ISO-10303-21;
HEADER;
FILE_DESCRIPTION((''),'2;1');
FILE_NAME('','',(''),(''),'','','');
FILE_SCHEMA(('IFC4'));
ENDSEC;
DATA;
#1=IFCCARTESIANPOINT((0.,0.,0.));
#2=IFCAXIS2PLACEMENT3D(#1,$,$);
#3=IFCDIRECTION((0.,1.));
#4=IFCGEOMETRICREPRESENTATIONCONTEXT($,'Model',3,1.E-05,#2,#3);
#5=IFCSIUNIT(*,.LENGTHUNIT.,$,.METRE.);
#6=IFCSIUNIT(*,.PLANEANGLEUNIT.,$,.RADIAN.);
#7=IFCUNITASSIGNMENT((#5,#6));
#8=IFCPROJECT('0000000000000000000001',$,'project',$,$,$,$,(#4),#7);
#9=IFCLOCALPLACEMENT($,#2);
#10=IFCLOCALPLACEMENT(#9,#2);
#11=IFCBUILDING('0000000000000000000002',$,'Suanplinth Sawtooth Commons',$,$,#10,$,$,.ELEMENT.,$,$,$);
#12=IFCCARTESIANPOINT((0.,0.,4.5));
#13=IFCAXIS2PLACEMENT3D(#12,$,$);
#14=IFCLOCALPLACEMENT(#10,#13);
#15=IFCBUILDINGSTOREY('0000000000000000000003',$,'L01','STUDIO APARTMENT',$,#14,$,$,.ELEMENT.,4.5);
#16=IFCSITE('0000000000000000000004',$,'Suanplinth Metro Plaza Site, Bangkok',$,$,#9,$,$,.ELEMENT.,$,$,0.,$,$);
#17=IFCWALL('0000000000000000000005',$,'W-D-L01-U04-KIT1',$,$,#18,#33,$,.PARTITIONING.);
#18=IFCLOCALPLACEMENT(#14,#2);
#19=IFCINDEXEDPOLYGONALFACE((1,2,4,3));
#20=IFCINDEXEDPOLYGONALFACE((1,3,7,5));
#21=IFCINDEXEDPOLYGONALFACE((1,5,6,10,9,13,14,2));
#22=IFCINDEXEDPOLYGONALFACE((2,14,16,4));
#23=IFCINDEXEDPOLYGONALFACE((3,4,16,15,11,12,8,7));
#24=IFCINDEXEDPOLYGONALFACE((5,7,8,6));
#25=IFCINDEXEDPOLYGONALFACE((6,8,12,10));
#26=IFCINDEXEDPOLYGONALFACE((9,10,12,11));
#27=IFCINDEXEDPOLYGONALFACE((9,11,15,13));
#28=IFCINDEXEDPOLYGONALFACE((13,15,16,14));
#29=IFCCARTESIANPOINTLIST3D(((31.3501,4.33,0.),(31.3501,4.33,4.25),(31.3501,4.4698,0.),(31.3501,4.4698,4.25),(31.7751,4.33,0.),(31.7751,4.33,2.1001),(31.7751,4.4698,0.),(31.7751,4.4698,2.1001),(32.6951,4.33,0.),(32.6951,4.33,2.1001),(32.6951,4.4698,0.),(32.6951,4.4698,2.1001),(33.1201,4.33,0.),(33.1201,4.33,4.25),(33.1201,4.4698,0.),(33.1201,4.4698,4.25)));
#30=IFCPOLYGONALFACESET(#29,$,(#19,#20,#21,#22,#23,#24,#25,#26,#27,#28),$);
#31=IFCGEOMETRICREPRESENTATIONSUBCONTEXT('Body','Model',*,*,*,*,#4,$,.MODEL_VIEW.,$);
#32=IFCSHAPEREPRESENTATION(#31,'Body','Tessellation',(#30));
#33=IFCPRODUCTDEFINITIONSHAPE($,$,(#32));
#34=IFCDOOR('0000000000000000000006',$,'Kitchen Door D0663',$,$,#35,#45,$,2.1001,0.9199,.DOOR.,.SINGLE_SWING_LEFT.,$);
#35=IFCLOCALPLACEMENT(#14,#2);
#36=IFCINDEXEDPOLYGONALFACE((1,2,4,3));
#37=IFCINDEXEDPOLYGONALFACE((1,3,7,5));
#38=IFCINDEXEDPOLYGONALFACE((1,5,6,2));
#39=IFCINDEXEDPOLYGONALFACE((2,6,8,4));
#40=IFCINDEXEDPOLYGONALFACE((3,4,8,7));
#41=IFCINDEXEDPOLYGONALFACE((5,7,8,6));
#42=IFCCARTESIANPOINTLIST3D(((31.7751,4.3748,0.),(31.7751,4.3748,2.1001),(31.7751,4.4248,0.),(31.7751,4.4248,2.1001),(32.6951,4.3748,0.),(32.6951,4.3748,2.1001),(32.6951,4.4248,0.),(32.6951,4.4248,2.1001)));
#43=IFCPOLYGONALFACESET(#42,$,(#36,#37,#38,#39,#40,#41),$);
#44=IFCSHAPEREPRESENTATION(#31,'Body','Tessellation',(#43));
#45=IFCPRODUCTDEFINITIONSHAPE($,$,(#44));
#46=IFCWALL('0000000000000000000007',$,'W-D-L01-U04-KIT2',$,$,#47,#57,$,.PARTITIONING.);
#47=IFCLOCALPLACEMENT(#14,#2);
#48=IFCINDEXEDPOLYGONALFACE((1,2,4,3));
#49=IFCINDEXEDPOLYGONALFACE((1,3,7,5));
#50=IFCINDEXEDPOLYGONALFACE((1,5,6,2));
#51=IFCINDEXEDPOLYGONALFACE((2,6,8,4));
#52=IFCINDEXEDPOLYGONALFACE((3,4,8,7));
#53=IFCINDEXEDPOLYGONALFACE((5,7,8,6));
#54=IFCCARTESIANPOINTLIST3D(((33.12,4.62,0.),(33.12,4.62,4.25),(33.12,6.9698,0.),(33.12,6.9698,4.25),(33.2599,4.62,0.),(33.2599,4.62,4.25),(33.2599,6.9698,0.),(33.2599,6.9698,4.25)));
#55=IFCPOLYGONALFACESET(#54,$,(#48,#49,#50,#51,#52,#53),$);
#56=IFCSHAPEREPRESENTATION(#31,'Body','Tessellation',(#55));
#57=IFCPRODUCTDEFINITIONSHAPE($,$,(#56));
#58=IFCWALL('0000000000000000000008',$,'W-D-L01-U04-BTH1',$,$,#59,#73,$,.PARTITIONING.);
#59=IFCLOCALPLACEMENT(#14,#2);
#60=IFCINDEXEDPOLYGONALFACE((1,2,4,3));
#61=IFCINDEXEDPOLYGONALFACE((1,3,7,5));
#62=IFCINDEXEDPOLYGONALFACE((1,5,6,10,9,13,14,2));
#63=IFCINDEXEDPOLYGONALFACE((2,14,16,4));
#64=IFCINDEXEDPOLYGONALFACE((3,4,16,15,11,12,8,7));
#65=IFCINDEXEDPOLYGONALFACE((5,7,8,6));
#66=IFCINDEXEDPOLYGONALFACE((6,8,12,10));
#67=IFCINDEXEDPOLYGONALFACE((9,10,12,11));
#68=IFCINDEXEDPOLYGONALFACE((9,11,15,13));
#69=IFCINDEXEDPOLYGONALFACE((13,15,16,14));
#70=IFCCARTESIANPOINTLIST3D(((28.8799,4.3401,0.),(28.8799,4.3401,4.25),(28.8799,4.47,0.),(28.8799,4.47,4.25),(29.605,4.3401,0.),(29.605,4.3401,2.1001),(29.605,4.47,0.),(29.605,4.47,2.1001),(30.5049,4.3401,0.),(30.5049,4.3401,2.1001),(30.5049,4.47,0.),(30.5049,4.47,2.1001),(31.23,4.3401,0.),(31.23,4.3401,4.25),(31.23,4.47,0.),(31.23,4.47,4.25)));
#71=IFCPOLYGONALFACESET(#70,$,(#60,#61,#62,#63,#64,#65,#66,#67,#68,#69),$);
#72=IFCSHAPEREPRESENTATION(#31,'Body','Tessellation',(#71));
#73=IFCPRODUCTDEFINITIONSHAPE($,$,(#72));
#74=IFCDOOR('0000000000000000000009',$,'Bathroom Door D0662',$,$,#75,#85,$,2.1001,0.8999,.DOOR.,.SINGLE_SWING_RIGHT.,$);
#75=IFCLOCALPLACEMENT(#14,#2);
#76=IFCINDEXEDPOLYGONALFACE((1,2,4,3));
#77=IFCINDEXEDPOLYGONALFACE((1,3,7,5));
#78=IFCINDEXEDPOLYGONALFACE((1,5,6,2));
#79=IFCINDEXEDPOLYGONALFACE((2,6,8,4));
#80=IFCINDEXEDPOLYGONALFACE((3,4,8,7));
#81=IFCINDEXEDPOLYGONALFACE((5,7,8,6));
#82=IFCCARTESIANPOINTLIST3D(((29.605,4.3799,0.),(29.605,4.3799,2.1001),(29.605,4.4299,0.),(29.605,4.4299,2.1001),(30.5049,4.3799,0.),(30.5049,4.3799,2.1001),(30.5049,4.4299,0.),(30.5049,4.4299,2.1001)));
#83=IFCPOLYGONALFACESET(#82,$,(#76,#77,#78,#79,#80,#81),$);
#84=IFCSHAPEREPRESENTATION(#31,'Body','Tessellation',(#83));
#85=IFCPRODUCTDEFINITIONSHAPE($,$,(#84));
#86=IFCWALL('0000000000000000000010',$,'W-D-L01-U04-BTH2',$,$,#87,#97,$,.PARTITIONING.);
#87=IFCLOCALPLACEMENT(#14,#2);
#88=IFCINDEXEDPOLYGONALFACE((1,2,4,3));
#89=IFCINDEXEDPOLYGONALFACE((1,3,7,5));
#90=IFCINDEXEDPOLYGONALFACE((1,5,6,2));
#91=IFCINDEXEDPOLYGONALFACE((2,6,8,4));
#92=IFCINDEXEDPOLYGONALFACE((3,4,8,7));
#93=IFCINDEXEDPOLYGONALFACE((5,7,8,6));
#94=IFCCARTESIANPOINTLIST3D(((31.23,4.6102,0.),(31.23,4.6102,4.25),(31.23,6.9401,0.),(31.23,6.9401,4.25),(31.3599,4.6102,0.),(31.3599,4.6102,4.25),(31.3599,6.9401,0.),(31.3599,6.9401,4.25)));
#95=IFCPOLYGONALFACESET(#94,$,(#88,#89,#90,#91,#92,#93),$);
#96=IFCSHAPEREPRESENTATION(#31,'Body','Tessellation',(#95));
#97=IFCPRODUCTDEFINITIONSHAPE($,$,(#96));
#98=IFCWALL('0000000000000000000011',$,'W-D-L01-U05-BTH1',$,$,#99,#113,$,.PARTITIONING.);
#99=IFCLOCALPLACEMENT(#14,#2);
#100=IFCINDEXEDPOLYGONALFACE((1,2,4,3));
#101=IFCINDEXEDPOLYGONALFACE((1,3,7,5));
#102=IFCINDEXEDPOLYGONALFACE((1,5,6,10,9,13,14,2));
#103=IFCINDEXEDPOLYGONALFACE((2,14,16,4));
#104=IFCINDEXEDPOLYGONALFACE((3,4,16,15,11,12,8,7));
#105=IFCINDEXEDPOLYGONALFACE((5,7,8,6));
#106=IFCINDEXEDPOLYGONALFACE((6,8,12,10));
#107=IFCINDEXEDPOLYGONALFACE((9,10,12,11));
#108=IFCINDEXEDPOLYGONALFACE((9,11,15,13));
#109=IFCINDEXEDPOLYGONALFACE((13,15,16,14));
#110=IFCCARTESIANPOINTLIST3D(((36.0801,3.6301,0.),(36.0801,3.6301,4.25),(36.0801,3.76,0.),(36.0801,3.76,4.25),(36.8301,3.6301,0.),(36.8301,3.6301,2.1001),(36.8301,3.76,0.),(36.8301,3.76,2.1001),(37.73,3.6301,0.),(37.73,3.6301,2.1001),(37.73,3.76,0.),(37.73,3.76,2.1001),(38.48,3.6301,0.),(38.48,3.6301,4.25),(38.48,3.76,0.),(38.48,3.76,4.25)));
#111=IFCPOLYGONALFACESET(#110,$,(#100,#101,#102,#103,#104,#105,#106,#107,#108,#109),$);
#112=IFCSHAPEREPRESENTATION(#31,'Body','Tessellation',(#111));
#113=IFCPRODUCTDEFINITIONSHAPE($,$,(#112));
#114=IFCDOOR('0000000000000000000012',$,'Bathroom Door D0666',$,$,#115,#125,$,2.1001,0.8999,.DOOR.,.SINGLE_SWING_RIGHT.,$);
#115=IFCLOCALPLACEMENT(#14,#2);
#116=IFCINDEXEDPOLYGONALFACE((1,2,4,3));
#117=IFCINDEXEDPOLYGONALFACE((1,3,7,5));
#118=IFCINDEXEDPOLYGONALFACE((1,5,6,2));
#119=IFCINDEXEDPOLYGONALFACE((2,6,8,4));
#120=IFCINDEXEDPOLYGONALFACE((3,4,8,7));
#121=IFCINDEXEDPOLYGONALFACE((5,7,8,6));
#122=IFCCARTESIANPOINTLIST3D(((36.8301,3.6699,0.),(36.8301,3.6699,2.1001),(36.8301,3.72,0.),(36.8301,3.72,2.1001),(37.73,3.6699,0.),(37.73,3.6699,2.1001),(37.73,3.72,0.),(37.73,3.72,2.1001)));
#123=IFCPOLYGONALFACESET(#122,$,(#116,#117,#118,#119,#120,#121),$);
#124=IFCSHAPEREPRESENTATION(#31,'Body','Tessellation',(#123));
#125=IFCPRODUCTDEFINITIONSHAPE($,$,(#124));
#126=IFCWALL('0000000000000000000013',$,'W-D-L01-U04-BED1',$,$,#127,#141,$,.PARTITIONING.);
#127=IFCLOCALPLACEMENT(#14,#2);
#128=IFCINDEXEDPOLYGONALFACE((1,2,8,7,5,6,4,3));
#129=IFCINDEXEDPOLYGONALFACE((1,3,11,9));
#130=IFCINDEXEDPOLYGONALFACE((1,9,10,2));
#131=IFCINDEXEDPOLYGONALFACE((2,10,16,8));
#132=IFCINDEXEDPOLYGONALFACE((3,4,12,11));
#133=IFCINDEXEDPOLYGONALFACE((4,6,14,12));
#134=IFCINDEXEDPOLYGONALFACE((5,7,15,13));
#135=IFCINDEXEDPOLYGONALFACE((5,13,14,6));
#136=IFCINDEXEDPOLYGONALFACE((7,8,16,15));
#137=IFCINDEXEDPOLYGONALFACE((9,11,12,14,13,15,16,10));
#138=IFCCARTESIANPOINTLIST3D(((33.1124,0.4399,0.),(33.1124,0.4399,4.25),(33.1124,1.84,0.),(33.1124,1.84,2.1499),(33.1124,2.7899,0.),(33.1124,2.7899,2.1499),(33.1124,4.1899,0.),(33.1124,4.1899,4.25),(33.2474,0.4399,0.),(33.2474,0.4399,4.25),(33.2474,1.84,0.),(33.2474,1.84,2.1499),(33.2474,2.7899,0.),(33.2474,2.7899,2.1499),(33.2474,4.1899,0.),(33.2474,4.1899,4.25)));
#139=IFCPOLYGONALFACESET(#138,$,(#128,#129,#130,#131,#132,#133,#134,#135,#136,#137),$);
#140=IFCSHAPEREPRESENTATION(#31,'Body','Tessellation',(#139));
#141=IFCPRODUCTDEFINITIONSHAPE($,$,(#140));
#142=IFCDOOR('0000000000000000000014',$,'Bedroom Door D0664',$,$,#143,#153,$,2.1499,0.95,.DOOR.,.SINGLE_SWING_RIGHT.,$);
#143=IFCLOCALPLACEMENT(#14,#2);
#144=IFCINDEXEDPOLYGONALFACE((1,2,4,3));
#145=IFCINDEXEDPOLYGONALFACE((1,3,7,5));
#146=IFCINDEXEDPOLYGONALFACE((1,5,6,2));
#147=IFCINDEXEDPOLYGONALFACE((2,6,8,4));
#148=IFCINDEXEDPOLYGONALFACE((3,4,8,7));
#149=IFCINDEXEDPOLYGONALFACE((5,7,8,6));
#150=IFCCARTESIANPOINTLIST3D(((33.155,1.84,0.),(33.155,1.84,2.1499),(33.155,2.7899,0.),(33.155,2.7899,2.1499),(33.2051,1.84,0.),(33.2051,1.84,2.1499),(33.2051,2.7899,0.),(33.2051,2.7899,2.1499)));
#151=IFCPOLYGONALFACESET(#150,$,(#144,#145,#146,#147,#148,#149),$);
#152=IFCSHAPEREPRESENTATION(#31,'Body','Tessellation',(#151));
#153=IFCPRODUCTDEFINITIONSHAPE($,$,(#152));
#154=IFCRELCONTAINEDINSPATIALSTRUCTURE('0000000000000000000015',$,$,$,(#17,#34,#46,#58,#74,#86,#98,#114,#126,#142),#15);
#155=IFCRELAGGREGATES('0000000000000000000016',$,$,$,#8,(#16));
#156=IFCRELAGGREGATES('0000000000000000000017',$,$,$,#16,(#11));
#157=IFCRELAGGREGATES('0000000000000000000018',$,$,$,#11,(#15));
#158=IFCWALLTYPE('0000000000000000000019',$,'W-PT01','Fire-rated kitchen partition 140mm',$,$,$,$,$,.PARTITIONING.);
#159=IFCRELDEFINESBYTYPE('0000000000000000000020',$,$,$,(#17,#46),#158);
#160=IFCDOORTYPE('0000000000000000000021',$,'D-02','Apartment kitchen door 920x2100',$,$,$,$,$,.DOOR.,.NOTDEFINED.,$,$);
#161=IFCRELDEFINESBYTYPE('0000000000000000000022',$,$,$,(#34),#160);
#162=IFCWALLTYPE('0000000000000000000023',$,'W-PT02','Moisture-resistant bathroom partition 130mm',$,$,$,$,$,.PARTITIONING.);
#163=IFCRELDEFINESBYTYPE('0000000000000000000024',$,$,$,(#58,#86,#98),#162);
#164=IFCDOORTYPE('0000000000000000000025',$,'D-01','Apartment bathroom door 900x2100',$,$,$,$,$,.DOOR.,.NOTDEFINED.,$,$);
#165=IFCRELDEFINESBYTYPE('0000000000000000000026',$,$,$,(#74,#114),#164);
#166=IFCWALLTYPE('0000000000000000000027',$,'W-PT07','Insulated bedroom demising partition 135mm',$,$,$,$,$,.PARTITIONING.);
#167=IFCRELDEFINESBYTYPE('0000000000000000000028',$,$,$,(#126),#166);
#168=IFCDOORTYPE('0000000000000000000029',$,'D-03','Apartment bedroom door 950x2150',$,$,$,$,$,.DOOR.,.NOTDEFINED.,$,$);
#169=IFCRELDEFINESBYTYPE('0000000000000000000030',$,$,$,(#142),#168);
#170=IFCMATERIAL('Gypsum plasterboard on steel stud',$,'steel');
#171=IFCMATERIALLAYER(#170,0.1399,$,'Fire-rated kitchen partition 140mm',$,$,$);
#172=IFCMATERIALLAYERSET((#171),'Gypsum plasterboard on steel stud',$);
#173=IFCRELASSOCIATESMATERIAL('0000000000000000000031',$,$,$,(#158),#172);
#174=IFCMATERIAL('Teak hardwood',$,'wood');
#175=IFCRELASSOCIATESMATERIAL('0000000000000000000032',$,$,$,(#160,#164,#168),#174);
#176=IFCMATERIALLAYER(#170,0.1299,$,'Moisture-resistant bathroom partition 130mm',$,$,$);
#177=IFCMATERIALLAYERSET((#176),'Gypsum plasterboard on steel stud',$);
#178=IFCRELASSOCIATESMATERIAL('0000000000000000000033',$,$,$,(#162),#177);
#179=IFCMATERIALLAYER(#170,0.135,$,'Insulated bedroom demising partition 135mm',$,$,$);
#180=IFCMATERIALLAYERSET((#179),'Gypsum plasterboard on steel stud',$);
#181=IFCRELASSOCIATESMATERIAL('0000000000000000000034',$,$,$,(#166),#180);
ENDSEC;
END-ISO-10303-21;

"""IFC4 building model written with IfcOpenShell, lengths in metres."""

from ifc_helpers import new_model, si_unit, direction, frame, frame_2d, origin, place, context, subcontext, project, spatial, rectangle, extrude, material, layer, layer_set, type_object, element, fill, save


model = new_model("IFC4")

# Units and contexts
model_context = context("Model", 3, precision=1e-05, world=origin(), true_north=direction((0.0, 1.0)))
body_context = subcontext(model_context, "Body", "Model", "MODEL_VIEW")
ifc_project = project(units=[si_unit("LENGTHUNIT", "METRE"), si_unit("PLANEANGLEUNIT", "RADIAN")], contexts=[model_context])

# Site, building, storey
site_placement = place(None, origin())
site = spatial("IfcSite", under=ifc_project, at=site_placement, Name="Suanplinth Metro Plaza Site, Bangkok", CompositionType="ELEMENT", RefElevation=0.0)
building_placement = place(site_placement, origin())
building = spatial("IfcBuilding", under=site, at=building_placement, Name="Suanplinth Sawtooth Commons", CompositionType="ELEMENT")
storey_placement = place(building_placement, frame((0.0, 0.0, 4.5)))
storey = spatial("IfcBuildingStorey", under=building, at=storey_placement, Name="L01", Description="STUDIO APARTMENT", CompositionType="ELEMENT", Elevation=4.5)

# Wall, opening, door
ifc_material_1 = material(Name="Gypsum plasterboard on steel stud", Category="steel")
ifc_layer_1 = layer(ifc_material_1, 0.1399, Name="Fire-rated kitchen partition 140mm")
ifc_layer_set_1 = layer_set([ifc_layer_1], Name="Gypsum plasterboard on steel stud")
wall_type_1 = type_object("IfcWallType", Name="W-PT01", Description="Fire-rated kitchen partition 140mm", PredefinedType="PARTITIONING", material=ifc_layer_set_1)
wall_1_placement = place(storey_placement, frame((31.3501, 4.3999, 0.0), z_axis=(0.0, 0.0, 1.0), x_axis=(1.0, 0.0, 0.0)))
wall_1 = element("IfcWall", 1, at=wall_1_placement, inside=storey, type_object=wall_type_1, Name="W-D-L01-U04-KIT1", PredefinedType="PARTITIONING", context=body_context, shape_type="SweptSolid", body=[
    extrude(rectangle(XDim=1.77, YDim=0.1399, at=frame_2d((0.885, 0.0))), origin(), (0.0, 0.0, 1.0), 4.25),
])
opening_1_placement = place(wall_1_placement, frame((0.425, 0.0, 0.0)))
opening_1 = element("IfcOpeningElement", 2, at=opening_1_placement, cuts=wall_1, PredefinedType="OPENING", context=body_context, shape_type="SweptSolid", body=[
    extrude(rectangle(XDim=0.9199, YDim=2.1001, at=frame_2d((0.46, 1.05))), frame((0.0, 0.085, 0.0), z_axis=(0.0, -1.0, 0.0), x_axis=(1.0, 0.0, 0.0)), (0.0, 0.0, 1.0), 0.1697),
])
ifc_material_2 = material(Name="Teak hardwood", Category="wood")
door_type_1 = type_object("IfcDoorType", Name="D-02", Description="Apartment kitchen door 920x2100", OperationType="NOTDEFINED", PredefinedType="DOOR", material=ifc_material_2)
door_1_placement = place(opening_1_placement, origin())
door_1 = element("IfcDoor", 3, at=door_1_placement, inside=storey, type_object=door_type_1, Name="Kitchen Door D0663", OperationType="SINGLE_SWING_LEFT", OverallHeight=2.1001, OverallWidth=0.9199, PredefinedType="DOOR", context=body_context, shape_type="SweptSolid", body=[
    extrude(rectangle(XDim=0.9199, YDim=2.1001, at=frame_2d((0.46, 1.05))), frame((0.0, 0.0249, 0.0), z_axis=(0.0, -1.0, 0.0), x_axis=(1.0, 0.0, 0.0)), (0.0, 0.0, 1.0), 0.05),
])
fill(opening_1, door_1)

# Wall
wall_2_placement = place(storey_placement, frame((33.1899, 4.6201, 0.0), z_axis=(0.0, 0.0, 1.0), x_axis=(0.0, 1.0, 0.0)))
element("IfcWall", 4, at=wall_2_placement, inside=storey, type_object=wall_type_1, Name="W-D-L01-U04-KIT2", PredefinedType="PARTITIONING", context=body_context, shape_type="SweptSolid", body=[
    extrude(rectangle(XDim=2.3499, YDim=0.1399, at=frame_2d((1.1748, 0.0))), origin(), (0.0, 0.0, 1.0), 4.25),
])

# Wall, opening, door
ifc_layer_2 = layer(ifc_material_1, 0.1299, Name="Moisture-resistant bathroom partition 130mm")
ifc_layer_set_2 = layer_set([ifc_layer_2], Name="Gypsum plasterboard on steel stud")
wall_type_2 = type_object("IfcWallType", Name="W-PT02", Description="Moisture-resistant bathroom partition 130mm", PredefinedType="PARTITIONING", material=ifc_layer_set_2)
wall_3_placement = place(storey_placement, frame((28.8799, 4.405, 0.0), z_axis=(0.0, 0.0, 1.0), x_axis=(1.0, 0.0, 0.0)))
wall_3 = element("IfcWall", 5, at=wall_3_placement, inside=storey, type_object=wall_type_2, Name="W-D-L01-U04-BTH1", PredefinedType="PARTITIONING", context=body_context, shape_type="SweptSolid", body=[
    extrude(rectangle(XDim=2.3501, YDim=0.1299, at=frame_2d((1.175, 0.0))), origin(), (0.0, 0.0, 1.0), 4.25),
])
opening_2_placement = place(wall_3_placement, frame((0.7251, 0.0, 0.0)))
opening_2 = element("IfcOpeningElement", 6, at=opening_2_placement, cuts=wall_3, PredefinedType="OPENING", context=body_context, shape_type="SweptSolid", body=[
    extrude(rectangle(XDim=0.8999, YDim=2.1001, at=frame_2d((0.45, 1.05))), frame((0.0, 0.0798, 0.0), z_axis=(0.0, -1.0, 0.0), x_axis=(1.0, 0.0, 0.0)), (0.0, 0.0, 1.0), 0.1597),
])
door_type_2 = type_object("IfcDoorType", Name="D-01", Description="Apartment bathroom door 900x2100", OperationType="NOTDEFINED", PredefinedType="DOOR", material=ifc_material_2)
door_2_placement = place(opening_2_placement, origin())
door_2 = element("IfcDoor", 7, at=door_2_placement, inside=storey, type_object=door_type_2, Name="Bathroom Door D0662", OperationType="SINGLE_SWING_RIGHT", OverallHeight=2.1001, OverallWidth=0.8999, PredefinedType="DOOR", context=body_context, shape_type="SweptSolid", body=[
    extrude(rectangle(XDim=0.8999, YDim=2.1001, at=frame_2d((0.45, 1.05))), frame((0.0, 0.0249, 0.0), z_axis=(0.0, -1.0, 0.0), x_axis=(1.0, 0.0, 0.0)), (0.0, 0.0, 1.0), 0.05),
])
fill(opening_2, door_2)

# Wall
wall_4_placement = place(storey_placement, frame((31.2949, 4.6101, 0.0), z_axis=(0.0, 0.0, 1.0), x_axis=(0.0, 1.0, 0.0)))
element("IfcWall", 8, at=wall_4_placement, inside=storey, type_object=wall_type_2, Name="W-D-L01-U04-BTH2", PredefinedType="PARTITIONING", context=body_context, shape_type="SweptSolid", body=[
    extrude(rectangle(XDim=2.3298, YDim=0.1299, at=frame_2d((1.165, 0.0))), origin(), (0.0, 0.0, 1.0), 4.25),
])

# Walls, openings, doors
wall_5_placement = place(storey_placement, frame((36.0801, 3.6951, 0.0), z_axis=(0.0, 0.0, 1.0), x_axis=(1.0, 0.0, 0.0)))
wall_5 = element("IfcWall", 9, at=wall_5_placement, inside=storey, type_object=wall_type_2, Name="W-D-L01-U05-BTH1", PredefinedType="PARTITIONING", context=body_context, shape_type="SweptSolid", body=[
    extrude(rectangle(XDim=2.3999, YDim=0.1299, at=frame_2d((1.2, 0.0))), origin(), (0.0, 0.0, 1.0), 4.25),
])
opening_3_placement = place(wall_5_placement, frame((0.75, 0.0, 0.0)))
opening_3 = element("IfcOpeningElement", 10, at=opening_3_placement, cuts=wall_5, PredefinedType="OPENING", context=body_context, shape_type="SweptSolid", body=[
    extrude(rectangle(XDim=0.8999, YDim=2.1001, at=frame_2d((0.45, 1.05))), frame((0.0, 0.0798, 0.0), z_axis=(0.0, -1.0, 0.0), x_axis=(1.0, 0.0, 0.0)), (0.0, 0.0, 1.0), 0.1597),
])
door_3_placement = place(opening_3_placement, origin())
door_3 = element("IfcDoor", 11, at=door_3_placement, inside=storey, type_object=door_type_2, Name="Bathroom Door D0666", OperationType="SINGLE_SWING_RIGHT", OverallHeight=2.1001, OverallWidth=0.8999, PredefinedType="DOOR", context=body_context, shape_type="SweptSolid", body=[
    extrude(rectangle(XDim=0.8999, YDim=2.1001, at=frame_2d((0.45, 1.05))), frame((0.0, 0.0249, 0.0), z_axis=(0.0, -1.0, 0.0), x_axis=(1.0, 0.0, 0.0)), (0.0, 0.0, 1.0), 0.05),
])
fill(opening_3, door_3)
ifc_layer_3 = layer(ifc_material_1, 0.135, Name="Insulated bedroom demising partition 135mm")
ifc_layer_set_3 = layer_set([ifc_layer_3], Name="Gypsum plasterboard on steel stud")
wall_type_3 = type_object("IfcWallType", Name="W-PT07", Description="Insulated bedroom demising partition 135mm", PredefinedType="PARTITIONING", material=ifc_layer_set_3)
wall_6_placement = place(storey_placement, frame((33.1799, 0.4399, 0.0), z_axis=(0.0, 0.0, 1.0), x_axis=(0.0, 1.0, 0.0)))
wall_6 = element("IfcWall", 12, at=wall_6_placement, inside=storey, type_object=wall_type_3, Name="W-D-L01-U04-BED1", PredefinedType="PARTITIONING", context=body_context, shape_type="SweptSolid", body=[
    extrude(rectangle(XDim=3.75, YDim=0.135, at=frame_2d((1.875, 0.0))), origin(), (0.0, 0.0, 1.0), 4.25),
])
opening_4_placement = place(wall_6_placement, frame((1.3999, 0.0, 0.0)))
opening_4 = element("IfcOpeningElement", 13, at=opening_4_placement, cuts=wall_6, PredefinedType="OPENING", context=body_context, shape_type="SweptSolid", body=[
    extrude(rectangle(XDim=0.95, YDim=2.1499, at=frame_2d((0.4751, 1.075))), frame((0.0, 0.0825, 0.0), z_axis=(0.0, -1.0, 0.0), x_axis=(1.0, 0.0, 0.0)), (0.0, 0.0, 1.0), 0.1648),
])
door_type_3 = type_object("IfcDoorType", Name="D-03", Description="Apartment bedroom door 950x2150", OperationType="NOTDEFINED", PredefinedType="DOOR", material=ifc_material_2)
door_4_placement = place(opening_4_placement, origin())
door_4 = element("IfcDoor", 14, at=door_4_placement, inside=storey, type_object=door_type_3, Name="Bedroom Door D0664", OperationType="SINGLE_SWING_RIGHT", OverallHeight=2.1499, OverallWidth=0.95, PredefinedType="DOOR", context=body_context, shape_type="SweptSolid", body=[
    extrude(rectangle(XDim=0.95, YDim=2.1499, at=frame_2d((0.4751, 1.075))), frame((0.0, 0.0249, 0.0), z_axis=(0.0, -1.0, 0.0), x_axis=(1.0, 0.0, 0.0)), (0.0, 0.0, 1.0), 0.05),
])
fill(opening_4, door_4)

save(model, "model.ifc")
